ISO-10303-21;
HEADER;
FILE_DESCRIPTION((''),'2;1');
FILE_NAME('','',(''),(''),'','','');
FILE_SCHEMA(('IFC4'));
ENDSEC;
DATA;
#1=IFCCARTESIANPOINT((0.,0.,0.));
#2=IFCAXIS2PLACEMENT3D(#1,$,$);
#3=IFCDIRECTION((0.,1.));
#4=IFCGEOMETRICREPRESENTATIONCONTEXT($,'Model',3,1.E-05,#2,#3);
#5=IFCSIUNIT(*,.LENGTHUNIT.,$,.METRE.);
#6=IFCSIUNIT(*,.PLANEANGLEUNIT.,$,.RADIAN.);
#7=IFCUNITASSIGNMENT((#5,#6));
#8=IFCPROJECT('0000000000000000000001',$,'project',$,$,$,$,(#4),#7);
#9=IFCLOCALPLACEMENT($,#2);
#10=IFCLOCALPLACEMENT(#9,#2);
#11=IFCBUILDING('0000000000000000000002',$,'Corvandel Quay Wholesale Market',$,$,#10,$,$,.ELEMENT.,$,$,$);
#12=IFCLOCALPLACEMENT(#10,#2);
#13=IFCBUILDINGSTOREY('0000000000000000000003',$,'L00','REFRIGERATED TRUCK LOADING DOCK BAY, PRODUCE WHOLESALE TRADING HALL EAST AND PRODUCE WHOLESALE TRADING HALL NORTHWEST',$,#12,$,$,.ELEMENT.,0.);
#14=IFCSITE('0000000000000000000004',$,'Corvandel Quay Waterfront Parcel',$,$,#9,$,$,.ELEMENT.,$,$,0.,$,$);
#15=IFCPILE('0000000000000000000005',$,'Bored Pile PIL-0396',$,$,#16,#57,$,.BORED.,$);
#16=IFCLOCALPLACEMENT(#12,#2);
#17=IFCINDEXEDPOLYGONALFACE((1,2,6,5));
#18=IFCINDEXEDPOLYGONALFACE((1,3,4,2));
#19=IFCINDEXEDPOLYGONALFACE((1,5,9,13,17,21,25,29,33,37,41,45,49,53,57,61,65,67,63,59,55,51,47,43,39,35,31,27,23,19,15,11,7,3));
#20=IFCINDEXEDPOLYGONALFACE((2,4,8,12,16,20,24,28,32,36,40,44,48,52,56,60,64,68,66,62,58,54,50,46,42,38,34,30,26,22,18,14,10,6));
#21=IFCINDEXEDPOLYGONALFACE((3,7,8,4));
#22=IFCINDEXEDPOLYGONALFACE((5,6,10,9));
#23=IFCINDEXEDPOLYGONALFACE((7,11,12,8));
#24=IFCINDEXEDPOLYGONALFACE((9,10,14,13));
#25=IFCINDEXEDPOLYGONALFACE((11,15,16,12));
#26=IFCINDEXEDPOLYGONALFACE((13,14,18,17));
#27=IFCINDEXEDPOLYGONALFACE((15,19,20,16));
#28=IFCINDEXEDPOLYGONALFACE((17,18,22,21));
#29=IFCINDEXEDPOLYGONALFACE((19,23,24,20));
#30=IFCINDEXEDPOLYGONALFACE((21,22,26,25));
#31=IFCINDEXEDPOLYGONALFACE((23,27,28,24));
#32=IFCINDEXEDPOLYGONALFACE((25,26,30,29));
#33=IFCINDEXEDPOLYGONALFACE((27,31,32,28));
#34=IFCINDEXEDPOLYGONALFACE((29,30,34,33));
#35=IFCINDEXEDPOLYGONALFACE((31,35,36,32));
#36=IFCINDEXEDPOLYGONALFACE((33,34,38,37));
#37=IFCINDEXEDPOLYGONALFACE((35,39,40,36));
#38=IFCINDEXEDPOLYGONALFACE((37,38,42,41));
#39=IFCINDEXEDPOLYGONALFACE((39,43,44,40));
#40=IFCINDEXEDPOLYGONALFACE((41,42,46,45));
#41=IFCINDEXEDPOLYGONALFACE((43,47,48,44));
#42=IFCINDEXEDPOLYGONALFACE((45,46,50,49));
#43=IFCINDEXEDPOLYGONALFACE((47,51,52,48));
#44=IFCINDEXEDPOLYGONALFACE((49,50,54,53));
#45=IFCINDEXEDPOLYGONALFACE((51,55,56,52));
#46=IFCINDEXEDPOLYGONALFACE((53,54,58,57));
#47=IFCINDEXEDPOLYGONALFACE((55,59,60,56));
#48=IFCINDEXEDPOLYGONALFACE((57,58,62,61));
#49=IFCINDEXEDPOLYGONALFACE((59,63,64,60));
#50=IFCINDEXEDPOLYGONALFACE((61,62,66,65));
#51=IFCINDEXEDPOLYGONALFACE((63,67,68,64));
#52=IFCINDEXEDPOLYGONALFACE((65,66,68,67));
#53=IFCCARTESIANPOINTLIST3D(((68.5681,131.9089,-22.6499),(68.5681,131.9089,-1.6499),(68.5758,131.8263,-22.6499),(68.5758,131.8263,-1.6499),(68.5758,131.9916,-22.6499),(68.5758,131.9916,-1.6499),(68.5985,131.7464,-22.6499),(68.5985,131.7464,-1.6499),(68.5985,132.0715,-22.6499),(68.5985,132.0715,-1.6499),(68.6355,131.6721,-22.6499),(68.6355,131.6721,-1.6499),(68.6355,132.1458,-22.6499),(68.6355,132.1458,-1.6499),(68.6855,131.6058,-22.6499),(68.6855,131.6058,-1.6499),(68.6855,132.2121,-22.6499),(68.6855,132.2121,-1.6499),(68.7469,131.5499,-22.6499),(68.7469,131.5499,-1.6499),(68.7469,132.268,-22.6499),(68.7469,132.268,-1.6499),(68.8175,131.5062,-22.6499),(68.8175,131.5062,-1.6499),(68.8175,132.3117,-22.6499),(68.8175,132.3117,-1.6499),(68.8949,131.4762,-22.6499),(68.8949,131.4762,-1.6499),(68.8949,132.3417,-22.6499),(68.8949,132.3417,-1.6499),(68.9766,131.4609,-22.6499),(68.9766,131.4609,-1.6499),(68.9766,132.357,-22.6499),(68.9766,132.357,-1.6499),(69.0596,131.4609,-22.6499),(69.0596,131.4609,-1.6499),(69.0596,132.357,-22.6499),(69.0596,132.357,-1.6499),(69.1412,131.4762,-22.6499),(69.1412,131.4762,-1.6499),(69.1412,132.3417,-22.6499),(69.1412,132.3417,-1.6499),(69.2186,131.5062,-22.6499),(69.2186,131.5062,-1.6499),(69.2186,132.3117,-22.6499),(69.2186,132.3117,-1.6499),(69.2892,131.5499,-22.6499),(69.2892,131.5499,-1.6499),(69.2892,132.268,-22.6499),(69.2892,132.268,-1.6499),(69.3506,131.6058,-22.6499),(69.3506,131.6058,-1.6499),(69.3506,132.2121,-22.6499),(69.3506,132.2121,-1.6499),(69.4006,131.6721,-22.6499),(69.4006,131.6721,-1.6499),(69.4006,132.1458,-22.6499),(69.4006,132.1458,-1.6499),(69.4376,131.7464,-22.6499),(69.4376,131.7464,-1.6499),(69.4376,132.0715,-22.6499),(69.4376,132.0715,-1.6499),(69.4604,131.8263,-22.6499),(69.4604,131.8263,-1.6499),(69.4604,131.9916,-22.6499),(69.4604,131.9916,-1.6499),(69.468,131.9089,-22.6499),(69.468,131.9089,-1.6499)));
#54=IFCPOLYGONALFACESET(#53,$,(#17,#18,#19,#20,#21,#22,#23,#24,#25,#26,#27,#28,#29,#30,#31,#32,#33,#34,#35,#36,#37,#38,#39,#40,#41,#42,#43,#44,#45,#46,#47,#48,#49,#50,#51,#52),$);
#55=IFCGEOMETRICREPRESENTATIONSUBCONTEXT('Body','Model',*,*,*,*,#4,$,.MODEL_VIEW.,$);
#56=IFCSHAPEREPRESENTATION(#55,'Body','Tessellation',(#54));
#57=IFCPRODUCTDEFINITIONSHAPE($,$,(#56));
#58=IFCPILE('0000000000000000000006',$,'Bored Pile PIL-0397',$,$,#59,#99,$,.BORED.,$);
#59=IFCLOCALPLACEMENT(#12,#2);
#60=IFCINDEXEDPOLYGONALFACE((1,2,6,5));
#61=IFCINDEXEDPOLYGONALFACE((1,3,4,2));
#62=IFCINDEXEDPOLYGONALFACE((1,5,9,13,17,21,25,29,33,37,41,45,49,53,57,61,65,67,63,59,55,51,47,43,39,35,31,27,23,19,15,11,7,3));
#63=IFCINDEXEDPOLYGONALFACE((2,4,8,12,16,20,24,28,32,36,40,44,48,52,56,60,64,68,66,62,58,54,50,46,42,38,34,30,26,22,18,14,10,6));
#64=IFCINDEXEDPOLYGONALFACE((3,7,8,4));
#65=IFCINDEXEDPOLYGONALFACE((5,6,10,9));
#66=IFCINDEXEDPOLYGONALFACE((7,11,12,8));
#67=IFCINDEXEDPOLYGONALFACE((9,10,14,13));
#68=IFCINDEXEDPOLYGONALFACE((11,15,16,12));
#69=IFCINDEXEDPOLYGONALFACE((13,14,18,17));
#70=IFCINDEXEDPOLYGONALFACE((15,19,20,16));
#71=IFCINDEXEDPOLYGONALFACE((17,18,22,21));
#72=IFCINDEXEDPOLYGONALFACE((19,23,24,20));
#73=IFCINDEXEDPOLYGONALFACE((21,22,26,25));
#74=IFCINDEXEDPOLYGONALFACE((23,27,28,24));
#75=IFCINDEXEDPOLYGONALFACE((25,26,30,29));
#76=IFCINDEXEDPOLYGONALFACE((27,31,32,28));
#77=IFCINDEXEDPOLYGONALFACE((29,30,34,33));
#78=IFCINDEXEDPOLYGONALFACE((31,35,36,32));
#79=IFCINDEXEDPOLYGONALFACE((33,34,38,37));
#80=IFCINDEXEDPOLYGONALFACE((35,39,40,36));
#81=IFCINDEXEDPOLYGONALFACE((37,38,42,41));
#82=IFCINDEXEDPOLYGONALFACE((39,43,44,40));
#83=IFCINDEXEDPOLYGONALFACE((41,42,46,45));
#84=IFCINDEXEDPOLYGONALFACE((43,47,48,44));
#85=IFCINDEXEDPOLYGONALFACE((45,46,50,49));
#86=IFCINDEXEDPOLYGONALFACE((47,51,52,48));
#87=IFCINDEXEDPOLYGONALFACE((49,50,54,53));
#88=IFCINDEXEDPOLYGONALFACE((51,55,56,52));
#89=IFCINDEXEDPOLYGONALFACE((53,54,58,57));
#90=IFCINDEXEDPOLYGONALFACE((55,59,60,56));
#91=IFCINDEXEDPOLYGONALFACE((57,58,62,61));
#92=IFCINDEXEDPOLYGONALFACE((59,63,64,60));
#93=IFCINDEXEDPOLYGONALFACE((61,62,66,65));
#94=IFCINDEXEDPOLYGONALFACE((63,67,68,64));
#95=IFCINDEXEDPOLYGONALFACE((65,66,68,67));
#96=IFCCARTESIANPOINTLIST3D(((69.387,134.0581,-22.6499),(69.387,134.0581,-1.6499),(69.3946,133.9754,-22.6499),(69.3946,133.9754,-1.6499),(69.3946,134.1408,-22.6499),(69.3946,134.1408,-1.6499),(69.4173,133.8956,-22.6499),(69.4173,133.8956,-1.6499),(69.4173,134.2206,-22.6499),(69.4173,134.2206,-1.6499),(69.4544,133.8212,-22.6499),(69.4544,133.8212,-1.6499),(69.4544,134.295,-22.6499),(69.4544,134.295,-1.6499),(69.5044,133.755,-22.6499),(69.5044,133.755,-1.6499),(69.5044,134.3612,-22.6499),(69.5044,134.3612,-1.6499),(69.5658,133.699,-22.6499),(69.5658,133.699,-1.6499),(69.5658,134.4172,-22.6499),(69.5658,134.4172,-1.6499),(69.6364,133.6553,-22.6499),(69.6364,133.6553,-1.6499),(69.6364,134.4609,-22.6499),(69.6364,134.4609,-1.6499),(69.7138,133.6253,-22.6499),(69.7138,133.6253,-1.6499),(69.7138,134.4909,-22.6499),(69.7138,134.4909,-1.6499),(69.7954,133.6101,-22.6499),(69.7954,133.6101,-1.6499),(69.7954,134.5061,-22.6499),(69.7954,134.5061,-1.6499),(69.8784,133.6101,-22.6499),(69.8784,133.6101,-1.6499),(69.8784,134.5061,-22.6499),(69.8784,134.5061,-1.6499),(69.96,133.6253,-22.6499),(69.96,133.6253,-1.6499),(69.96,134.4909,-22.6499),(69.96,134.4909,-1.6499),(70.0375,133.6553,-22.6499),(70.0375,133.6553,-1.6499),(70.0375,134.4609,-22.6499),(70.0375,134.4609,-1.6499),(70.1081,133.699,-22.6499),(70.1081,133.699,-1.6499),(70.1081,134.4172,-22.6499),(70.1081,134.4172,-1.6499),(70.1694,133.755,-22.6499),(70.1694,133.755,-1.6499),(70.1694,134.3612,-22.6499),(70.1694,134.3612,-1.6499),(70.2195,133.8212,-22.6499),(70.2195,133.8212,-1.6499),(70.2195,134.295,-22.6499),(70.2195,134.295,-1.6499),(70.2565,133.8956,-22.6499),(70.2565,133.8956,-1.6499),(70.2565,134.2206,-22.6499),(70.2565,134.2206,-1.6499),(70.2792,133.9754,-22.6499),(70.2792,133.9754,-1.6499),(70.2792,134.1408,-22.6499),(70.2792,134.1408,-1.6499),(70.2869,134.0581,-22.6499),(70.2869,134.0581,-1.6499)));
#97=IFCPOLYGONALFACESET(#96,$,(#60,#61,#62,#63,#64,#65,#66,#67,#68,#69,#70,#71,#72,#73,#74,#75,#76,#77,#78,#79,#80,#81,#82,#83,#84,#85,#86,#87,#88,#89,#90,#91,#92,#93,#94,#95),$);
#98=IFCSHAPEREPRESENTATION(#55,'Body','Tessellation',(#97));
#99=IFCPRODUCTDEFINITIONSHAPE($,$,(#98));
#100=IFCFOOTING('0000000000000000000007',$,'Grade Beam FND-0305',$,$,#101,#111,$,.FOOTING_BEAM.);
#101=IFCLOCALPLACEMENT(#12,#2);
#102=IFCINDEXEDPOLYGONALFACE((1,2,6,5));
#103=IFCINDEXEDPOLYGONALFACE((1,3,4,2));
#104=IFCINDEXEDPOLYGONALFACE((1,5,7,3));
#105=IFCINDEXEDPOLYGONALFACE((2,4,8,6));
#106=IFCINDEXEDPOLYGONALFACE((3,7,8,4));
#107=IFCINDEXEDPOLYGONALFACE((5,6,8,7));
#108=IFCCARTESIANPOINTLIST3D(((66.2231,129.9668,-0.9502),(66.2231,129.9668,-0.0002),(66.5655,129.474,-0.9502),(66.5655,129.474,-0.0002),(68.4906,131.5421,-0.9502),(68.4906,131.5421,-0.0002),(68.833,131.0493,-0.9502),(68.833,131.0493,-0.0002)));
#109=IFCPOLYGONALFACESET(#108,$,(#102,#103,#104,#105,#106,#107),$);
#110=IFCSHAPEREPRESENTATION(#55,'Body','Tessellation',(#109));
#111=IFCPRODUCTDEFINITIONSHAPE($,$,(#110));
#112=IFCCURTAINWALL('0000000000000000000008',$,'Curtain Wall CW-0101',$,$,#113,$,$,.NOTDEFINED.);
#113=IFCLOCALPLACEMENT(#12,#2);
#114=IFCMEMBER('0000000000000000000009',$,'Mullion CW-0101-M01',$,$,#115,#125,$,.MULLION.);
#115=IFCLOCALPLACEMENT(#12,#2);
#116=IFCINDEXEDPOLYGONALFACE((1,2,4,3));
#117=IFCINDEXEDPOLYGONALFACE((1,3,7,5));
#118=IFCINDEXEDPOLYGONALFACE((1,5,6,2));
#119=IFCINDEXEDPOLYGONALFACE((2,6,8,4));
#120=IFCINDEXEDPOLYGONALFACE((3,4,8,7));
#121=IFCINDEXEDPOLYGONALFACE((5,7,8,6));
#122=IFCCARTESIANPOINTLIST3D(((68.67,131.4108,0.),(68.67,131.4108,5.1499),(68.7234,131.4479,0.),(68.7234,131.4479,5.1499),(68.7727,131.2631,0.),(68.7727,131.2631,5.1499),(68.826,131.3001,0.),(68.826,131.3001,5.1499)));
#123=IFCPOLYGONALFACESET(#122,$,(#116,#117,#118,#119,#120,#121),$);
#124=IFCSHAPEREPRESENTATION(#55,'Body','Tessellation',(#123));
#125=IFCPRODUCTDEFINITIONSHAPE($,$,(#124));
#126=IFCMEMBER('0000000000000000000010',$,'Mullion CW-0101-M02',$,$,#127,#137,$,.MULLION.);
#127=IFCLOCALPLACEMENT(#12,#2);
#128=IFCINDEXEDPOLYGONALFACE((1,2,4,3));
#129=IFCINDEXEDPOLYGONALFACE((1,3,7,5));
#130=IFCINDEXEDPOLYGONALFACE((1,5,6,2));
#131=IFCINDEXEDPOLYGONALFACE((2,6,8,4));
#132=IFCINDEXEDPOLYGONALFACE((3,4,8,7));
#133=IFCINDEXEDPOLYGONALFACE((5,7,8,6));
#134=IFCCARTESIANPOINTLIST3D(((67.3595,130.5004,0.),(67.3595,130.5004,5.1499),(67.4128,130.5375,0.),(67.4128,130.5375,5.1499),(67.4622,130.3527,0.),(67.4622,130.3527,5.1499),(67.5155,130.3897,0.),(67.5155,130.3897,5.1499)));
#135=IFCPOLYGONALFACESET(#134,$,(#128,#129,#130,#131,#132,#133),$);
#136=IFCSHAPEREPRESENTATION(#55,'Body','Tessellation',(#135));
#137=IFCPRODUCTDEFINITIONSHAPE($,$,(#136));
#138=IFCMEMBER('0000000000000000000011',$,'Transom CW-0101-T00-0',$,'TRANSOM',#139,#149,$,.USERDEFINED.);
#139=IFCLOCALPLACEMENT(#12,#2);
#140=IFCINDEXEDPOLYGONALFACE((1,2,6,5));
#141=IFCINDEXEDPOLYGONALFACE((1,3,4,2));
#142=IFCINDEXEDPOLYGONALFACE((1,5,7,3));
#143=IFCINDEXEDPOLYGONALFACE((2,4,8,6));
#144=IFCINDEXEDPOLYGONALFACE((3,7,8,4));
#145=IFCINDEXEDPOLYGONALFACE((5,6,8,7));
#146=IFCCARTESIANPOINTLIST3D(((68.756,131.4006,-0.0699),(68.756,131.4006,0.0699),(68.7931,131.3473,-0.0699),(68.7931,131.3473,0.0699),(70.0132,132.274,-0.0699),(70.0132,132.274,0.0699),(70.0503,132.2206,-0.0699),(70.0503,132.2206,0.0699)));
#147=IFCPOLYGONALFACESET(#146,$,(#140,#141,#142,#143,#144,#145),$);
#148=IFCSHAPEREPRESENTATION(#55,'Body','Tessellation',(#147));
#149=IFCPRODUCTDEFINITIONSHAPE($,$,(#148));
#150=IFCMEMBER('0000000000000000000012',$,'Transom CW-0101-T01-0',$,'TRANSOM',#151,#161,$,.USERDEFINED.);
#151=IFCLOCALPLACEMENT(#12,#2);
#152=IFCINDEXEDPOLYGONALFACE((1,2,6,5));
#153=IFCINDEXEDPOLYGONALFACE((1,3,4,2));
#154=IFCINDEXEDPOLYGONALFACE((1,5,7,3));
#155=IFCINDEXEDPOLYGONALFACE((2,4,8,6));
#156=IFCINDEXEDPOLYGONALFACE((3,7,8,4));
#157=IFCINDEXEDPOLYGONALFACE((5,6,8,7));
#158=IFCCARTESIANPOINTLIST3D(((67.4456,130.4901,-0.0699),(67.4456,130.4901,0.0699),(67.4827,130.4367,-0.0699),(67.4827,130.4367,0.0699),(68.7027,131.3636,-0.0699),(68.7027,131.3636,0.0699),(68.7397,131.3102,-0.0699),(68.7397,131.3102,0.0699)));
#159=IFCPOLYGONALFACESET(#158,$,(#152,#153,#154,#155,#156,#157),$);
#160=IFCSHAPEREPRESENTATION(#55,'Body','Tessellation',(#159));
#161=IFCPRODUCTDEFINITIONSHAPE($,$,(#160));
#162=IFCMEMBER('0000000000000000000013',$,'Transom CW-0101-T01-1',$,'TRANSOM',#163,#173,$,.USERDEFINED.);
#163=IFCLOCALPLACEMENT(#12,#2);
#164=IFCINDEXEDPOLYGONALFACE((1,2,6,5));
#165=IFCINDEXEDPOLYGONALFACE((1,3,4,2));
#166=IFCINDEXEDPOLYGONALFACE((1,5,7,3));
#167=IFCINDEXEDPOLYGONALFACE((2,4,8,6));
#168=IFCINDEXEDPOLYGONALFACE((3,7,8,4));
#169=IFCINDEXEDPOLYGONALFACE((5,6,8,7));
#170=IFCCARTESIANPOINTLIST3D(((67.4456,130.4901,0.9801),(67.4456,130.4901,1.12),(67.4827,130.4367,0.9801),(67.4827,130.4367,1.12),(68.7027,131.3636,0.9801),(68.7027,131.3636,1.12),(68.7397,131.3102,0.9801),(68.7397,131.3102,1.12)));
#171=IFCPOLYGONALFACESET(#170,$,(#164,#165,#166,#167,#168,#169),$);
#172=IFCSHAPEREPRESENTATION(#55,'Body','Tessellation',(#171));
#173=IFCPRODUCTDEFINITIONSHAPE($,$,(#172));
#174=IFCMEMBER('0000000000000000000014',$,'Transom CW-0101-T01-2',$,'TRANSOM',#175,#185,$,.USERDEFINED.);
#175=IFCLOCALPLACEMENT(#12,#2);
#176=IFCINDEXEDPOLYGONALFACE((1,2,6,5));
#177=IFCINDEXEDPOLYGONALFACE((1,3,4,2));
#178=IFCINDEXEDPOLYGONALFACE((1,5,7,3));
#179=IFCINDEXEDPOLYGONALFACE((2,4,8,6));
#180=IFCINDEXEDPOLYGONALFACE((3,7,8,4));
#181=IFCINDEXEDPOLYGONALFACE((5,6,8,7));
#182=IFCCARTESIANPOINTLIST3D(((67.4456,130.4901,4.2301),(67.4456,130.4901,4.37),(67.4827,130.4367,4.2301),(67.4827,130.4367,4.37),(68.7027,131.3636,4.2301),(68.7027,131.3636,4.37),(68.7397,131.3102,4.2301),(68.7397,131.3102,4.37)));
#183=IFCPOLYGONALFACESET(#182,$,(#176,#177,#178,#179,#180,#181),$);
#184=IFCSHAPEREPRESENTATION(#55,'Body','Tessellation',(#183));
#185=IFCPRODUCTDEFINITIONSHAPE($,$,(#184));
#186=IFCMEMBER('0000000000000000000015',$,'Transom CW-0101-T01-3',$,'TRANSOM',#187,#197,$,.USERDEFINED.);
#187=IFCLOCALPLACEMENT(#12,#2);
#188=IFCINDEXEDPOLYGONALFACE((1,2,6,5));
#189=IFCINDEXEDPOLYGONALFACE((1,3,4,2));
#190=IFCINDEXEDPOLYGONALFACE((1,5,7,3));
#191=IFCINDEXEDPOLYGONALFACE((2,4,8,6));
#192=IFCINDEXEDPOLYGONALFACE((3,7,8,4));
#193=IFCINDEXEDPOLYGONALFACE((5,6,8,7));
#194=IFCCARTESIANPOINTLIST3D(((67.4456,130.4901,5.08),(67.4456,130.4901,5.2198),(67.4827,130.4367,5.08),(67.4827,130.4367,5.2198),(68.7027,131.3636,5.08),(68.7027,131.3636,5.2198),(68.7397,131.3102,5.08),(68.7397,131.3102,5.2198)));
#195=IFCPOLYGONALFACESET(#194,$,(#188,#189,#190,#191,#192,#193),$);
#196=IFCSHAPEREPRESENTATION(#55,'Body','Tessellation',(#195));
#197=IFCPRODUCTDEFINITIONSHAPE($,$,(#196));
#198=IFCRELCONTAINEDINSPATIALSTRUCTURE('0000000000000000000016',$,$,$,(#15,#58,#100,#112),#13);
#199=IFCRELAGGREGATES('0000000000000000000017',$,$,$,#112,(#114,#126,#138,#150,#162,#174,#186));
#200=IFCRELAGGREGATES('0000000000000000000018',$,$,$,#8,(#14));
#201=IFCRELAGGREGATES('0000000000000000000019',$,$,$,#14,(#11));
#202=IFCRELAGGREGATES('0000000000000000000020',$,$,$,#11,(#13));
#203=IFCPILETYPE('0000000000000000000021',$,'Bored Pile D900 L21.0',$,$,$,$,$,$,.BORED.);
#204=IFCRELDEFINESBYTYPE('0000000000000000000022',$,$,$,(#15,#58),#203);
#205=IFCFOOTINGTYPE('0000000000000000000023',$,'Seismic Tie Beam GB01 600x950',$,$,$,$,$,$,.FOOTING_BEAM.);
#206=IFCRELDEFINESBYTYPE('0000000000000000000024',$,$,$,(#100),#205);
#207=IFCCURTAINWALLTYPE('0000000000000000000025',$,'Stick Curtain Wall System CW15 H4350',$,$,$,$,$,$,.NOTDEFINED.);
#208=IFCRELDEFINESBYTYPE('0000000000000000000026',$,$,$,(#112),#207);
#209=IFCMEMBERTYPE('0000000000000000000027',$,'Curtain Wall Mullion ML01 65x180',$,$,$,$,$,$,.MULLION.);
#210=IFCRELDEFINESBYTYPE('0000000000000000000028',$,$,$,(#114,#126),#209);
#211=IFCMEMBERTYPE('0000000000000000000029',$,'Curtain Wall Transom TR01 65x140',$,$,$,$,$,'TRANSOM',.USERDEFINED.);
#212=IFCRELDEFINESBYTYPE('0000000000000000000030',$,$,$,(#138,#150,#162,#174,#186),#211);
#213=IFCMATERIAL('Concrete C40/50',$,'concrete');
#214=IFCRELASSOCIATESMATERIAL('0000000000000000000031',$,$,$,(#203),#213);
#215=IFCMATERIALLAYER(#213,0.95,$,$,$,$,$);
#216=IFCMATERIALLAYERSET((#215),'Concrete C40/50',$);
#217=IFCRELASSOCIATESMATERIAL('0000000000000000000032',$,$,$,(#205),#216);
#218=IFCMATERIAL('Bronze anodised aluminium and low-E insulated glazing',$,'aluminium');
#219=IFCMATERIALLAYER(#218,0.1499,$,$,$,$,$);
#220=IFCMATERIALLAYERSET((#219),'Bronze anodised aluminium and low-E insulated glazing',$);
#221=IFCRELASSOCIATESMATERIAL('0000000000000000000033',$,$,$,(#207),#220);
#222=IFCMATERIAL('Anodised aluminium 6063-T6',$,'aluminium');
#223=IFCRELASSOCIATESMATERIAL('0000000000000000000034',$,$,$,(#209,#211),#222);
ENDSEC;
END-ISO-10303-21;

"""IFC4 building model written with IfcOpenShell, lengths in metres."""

from ifc_helpers import new_model, si_unit, direction, frame, origin, origin_2d, place, context, subcontext, project, spatial, rectangle, circle, extrude, material, layer, layer_set, material_profile, profile_set, type_object, element, aggregate, save


model = new_model("IFC4")

# Units and contexts
model_context = context("Model", 3, precision=1e-05, world=origin(), true_north=direction((0.0, 1.0)))
body_context = subcontext(model_context, "Body", "Model", "MODEL_VIEW")
ifc_project = project(units=[si_unit("LENGTHUNIT", "METRE"), si_unit("PLANEANGLEUNIT", "RADIAN")], contexts=[model_context])

# Site, building, storey
site_placement = place(None, origin())
site = spatial("IfcSite", under=ifc_project, at=site_placement, Name="Corvandel Quay Waterfront Parcel", CompositionType="ELEMENT", RefElevation=0.0)
building_placement = place(site_placement, origin())
building = spatial("IfcBuilding", under=site, at=building_placement, Name="Corvandel Quay Wholesale Market", CompositionType="ELEMENT")
storey_placement = place(building_placement, origin())
storey = spatial("IfcBuildingStorey", under=building, at=storey_placement, Name="L00", Description="REFRIGERATED TRUCK LOADING DOCK BAY, PRODUCE WHOLESALE TRADING HALL EAST AND PRODUCE WHOLESALE TRADING HALL NORTHWEST", CompositionType="ELEMENT", Elevation=0.0)

# Piles
ifc_material_1 = material(Name="Concrete C40/50", Category="concrete")
ifc_material_profile_1 = material_profile(ifc_material_1, circle(Radius=0.45, at=origin_2d()), Name="RC-PILE-D900")
ifc_profile_set_1 = profile_set([ifc_material_profile_1], Name="Concrete C40/50")
pile_type = type_object("IfcPileType", Name="Bored Pile D900 L21.0", PredefinedType="BORED", material=ifc_profile_set_1)
for number, where, z_axis, x_axis, name in (
    (1, (69.0181, 131.9089, -1.6499), (0.0, 0.0, -1.0), (1.0, 0.0, 0.0), "Bored Pile PIL-0396"),
    (2, (69.8369, 134.0581, -1.6499), (0.0, 0.0, -1.0), (1.0, 0.0, 0.0), "Bored Pile PIL-0397"),
):
    element("IfcPile", number, at=place(storey_placement, frame(where, z_axis=z_axis, x_axis=x_axis)), inside=storey, type_object=pile_type, Name=name, PredefinedType="BORED", context=body_context, shape_type="SweptSolid", body=[
        extrude(circle(Radius=0.45, at=origin_2d()), origin(), (0.0, 0.0, 1.0), 21.0),
    ])

# Footing
ifc_layer_1 = layer(ifc_material_1, 0.95)
ifc_layer_set_1 = layer_set([ifc_layer_1], Name="Concrete C40/50")
footing_type = type_object("IfcFootingType", Name="Seismic Tie Beam GB01 600x950", PredefinedType="FOOTING_BEAM", material=ifc_layer_set_1)
footing_placement = place(storey_placement, frame((67.5281, 130.5081, -0.9502), z_axis=(0.0, 0.0, 1.0), x_axis=(0.821249, 0.57057, 0.0)))
element("IfcFooting", 3, at=footing_placement, inside=storey, type_object=footing_type, Name="Grade Beam FND-0305", PredefinedType="FOOTING_BEAM", context=body_context, shape_type="SweptSolid", body=[
    extrude(rectangle(XDim=2.761, YDim=0.6001, at=origin_2d()), origin(), (0.0, 0.0, 1.0), 0.95),
])

# Curtain wall, members
ifc_material_2 = material(Name="Bronze anodised aluminium and low-E insulated glazing", Category="aluminium")
ifc_layer_2 = layer(ifc_material_2, 0.1499)
ifc_layer_set_2 = layer_set([ifc_layer_2], Name="Bronze anodised aluminium and low-E insulated glazing")
curtain_wall_type = type_object("IfcCurtainWallType", Name="Stick Curtain Wall System CW15 H4350", PredefinedType="NOTDEFINED", material=ifc_layer_set_2)
curtain_wall_placement = place(storey_placement, origin())
curtain_wall = element("IfcCurtainWall", 4, at=curtain_wall_placement, inside=storey, type_object=curtain_wall_type, Name="Curtain Wall CW-0101", PredefinedType="NOTDEFINED")
ifc_material_3 = material(Name="Anodised aluminium 6063-T6", Category="aluminium")
ifc_material_profile_2 = material_profile(ifc_material_3, rectangle(XDim=0.0649, YDim=0.1799, at=origin_2d()), Name="ALU-MUL-65x180")
ifc_profile_set_2 = profile_set([ifc_material_profile_2], Name="Anodised aluminium 6063-T6")
member_type_1 = type_object("IfcMemberType", Name="Curtain Wall Mullion ML01 65x180", PredefinedType="MULLION", material=ifc_profile_set_2)
member_1_placement = place(storey_placement, frame((68.748, 131.3555, 0.0), z_axis=(0.0, 0.0, 1.0), x_axis=(0.821249, 0.57057, 0.0)))
member_1 = element("IfcMember", 5, at=member_1_placement, type_object=member_type_1, Name="Mullion CW-0101-M01", PredefinedType="MULLION", context=body_context, shape_type="SweptSolid", body=[
    extrude(rectangle(XDim=0.0649, YDim=0.1799, at=origin_2d()), origin(), (0.0, 0.0, 1.0), 5.1499),
])
member_2_placement = place(storey_placement, frame((67.4375, 130.4451, 0.0), z_axis=(0.0, 0.0, 1.0), x_axis=(0.821249, 0.57057, 0.0)))
member_2 = element("IfcMember", 6, at=member_2_placement, type_object=member_type_1, Name="Mullion CW-0101-M02", PredefinedType="MULLION", context=body_context, shape_type="SweptSolid", body=[
    extrude(rectangle(XDim=0.0649, YDim=0.1799, at=origin_2d()), origin(), (0.0, 0.0, 1.0), 5.1499),
])
ifc_material_profile_3 = material_profile(ifc_material_3, rectangle(XDim=0.0649, YDim=0.1399, at=origin_2d()), Name="ALU-TRN-65x140")
ifc_profile_set_3 = profile_set([ifc_material_profile_3], Name="Anodised aluminium 6063-T6")
member_type_2 = type_object("IfcMemberType", Name="Curtain Wall Transom TR01 65x140", ElementType="TRANSOM", PredefinedType="USERDEFINED", material=ifc_profile_set_3)
member_3_placement = place(storey_placement, frame((70.0317, 132.2473, 0.0), z_axis=(-0.821272, -0.570536, 0.0), x_axis=(0.570536, -0.821272, 0.0)))
member_3 = element("IfcMember", 7, at=member_3_placement, type_object=member_type_2, Name="Transom CW-0101-T00-0", ObjectType="TRANSOM", PredefinedType="USERDEFINED", context=body_context, shape_type="SweptSolid", body=[
    extrude(rectangle(XDim=0.0649, YDim=0.1399, at=origin_2d()), origin(), (0.0, 0.0, 1.0), 1.5308),
])
member_4_placement = place(storey_placement, frame((68.7212, 131.3369, 0.0), z_axis=(-0.821198, -0.570644, 0.0), x_axis=(0.570644, -0.821198, 0.0)))
member_4 = element("IfcMember", 8, at=member_4_placement, type_object=member_type_2, Name="Transom CW-0101-T01-0", ObjectType="TRANSOM", PredefinedType="USERDEFINED", context=body_context, shape_type="SweptSolid", body=[
    extrude(rectangle(XDim=0.0649, YDim=0.1399, at=origin_2d()), origin(), (0.0, 0.0, 1.0), 1.5308),
])
member_5_placement = place(storey_placement, frame((68.7212, 131.3369, 1.05), z_axis=(-0.821198, -0.570644, 0.0), x_axis=(0.570644, -0.821198, 0.0)))
member_5 = element("IfcMember", 9, at=member_5_placement, type_object=member_type_2, Name="Transom CW-0101-T01-1", ObjectType="TRANSOM", PredefinedType="USERDEFINED", context=body_context, shape_type="SweptSolid", body=[
    extrude(rectangle(XDim=0.0649, YDim=0.1399, at=origin_2d()), origin(), (0.0, 0.0, 1.0), 1.5308),
])
member_6_placement = place(storey_placement, frame((68.7212, 131.3369, 4.3), z_axis=(-0.821198, -0.570644, 0.0), x_axis=(0.570644, -0.821198, 0.0)))
member_6 = element("IfcMember", 10, at=member_6_placement, type_object=member_type_2, Name="Transom CW-0101-T01-2", ObjectType="TRANSOM", PredefinedType="USERDEFINED", context=body_context, shape_type="SweptSolid", body=[
    extrude(rectangle(XDim=0.0649, YDim=0.1399, at=origin_2d()), origin(), (0.0, 0.0, 1.0), 1.5308),
])
member_7_placement = place(storey_placement, frame((68.7212, 131.3369, 5.1499), z_axis=(-0.821198, -0.570644, 0.0), x_axis=(0.570644, -0.821198, 0.0)))
member_7 = element("IfcMember", 11, at=member_7_placement, type_object=member_type_2, Name="Transom CW-0101-T01-3", ObjectType="TRANSOM", PredefinedType="USERDEFINED", context=body_context, shape_type="SweptSolid", body=[
    extrude(rectangle(XDim=0.0649, YDim=0.1399, at=origin_2d()), origin(), (0.0, 0.0, 1.0), 1.5308),
])
aggregate(curtain_wall, [member_1, member_2, member_3, member_4, member_5, member_6, member_7])

save(model, "model.ifc")
